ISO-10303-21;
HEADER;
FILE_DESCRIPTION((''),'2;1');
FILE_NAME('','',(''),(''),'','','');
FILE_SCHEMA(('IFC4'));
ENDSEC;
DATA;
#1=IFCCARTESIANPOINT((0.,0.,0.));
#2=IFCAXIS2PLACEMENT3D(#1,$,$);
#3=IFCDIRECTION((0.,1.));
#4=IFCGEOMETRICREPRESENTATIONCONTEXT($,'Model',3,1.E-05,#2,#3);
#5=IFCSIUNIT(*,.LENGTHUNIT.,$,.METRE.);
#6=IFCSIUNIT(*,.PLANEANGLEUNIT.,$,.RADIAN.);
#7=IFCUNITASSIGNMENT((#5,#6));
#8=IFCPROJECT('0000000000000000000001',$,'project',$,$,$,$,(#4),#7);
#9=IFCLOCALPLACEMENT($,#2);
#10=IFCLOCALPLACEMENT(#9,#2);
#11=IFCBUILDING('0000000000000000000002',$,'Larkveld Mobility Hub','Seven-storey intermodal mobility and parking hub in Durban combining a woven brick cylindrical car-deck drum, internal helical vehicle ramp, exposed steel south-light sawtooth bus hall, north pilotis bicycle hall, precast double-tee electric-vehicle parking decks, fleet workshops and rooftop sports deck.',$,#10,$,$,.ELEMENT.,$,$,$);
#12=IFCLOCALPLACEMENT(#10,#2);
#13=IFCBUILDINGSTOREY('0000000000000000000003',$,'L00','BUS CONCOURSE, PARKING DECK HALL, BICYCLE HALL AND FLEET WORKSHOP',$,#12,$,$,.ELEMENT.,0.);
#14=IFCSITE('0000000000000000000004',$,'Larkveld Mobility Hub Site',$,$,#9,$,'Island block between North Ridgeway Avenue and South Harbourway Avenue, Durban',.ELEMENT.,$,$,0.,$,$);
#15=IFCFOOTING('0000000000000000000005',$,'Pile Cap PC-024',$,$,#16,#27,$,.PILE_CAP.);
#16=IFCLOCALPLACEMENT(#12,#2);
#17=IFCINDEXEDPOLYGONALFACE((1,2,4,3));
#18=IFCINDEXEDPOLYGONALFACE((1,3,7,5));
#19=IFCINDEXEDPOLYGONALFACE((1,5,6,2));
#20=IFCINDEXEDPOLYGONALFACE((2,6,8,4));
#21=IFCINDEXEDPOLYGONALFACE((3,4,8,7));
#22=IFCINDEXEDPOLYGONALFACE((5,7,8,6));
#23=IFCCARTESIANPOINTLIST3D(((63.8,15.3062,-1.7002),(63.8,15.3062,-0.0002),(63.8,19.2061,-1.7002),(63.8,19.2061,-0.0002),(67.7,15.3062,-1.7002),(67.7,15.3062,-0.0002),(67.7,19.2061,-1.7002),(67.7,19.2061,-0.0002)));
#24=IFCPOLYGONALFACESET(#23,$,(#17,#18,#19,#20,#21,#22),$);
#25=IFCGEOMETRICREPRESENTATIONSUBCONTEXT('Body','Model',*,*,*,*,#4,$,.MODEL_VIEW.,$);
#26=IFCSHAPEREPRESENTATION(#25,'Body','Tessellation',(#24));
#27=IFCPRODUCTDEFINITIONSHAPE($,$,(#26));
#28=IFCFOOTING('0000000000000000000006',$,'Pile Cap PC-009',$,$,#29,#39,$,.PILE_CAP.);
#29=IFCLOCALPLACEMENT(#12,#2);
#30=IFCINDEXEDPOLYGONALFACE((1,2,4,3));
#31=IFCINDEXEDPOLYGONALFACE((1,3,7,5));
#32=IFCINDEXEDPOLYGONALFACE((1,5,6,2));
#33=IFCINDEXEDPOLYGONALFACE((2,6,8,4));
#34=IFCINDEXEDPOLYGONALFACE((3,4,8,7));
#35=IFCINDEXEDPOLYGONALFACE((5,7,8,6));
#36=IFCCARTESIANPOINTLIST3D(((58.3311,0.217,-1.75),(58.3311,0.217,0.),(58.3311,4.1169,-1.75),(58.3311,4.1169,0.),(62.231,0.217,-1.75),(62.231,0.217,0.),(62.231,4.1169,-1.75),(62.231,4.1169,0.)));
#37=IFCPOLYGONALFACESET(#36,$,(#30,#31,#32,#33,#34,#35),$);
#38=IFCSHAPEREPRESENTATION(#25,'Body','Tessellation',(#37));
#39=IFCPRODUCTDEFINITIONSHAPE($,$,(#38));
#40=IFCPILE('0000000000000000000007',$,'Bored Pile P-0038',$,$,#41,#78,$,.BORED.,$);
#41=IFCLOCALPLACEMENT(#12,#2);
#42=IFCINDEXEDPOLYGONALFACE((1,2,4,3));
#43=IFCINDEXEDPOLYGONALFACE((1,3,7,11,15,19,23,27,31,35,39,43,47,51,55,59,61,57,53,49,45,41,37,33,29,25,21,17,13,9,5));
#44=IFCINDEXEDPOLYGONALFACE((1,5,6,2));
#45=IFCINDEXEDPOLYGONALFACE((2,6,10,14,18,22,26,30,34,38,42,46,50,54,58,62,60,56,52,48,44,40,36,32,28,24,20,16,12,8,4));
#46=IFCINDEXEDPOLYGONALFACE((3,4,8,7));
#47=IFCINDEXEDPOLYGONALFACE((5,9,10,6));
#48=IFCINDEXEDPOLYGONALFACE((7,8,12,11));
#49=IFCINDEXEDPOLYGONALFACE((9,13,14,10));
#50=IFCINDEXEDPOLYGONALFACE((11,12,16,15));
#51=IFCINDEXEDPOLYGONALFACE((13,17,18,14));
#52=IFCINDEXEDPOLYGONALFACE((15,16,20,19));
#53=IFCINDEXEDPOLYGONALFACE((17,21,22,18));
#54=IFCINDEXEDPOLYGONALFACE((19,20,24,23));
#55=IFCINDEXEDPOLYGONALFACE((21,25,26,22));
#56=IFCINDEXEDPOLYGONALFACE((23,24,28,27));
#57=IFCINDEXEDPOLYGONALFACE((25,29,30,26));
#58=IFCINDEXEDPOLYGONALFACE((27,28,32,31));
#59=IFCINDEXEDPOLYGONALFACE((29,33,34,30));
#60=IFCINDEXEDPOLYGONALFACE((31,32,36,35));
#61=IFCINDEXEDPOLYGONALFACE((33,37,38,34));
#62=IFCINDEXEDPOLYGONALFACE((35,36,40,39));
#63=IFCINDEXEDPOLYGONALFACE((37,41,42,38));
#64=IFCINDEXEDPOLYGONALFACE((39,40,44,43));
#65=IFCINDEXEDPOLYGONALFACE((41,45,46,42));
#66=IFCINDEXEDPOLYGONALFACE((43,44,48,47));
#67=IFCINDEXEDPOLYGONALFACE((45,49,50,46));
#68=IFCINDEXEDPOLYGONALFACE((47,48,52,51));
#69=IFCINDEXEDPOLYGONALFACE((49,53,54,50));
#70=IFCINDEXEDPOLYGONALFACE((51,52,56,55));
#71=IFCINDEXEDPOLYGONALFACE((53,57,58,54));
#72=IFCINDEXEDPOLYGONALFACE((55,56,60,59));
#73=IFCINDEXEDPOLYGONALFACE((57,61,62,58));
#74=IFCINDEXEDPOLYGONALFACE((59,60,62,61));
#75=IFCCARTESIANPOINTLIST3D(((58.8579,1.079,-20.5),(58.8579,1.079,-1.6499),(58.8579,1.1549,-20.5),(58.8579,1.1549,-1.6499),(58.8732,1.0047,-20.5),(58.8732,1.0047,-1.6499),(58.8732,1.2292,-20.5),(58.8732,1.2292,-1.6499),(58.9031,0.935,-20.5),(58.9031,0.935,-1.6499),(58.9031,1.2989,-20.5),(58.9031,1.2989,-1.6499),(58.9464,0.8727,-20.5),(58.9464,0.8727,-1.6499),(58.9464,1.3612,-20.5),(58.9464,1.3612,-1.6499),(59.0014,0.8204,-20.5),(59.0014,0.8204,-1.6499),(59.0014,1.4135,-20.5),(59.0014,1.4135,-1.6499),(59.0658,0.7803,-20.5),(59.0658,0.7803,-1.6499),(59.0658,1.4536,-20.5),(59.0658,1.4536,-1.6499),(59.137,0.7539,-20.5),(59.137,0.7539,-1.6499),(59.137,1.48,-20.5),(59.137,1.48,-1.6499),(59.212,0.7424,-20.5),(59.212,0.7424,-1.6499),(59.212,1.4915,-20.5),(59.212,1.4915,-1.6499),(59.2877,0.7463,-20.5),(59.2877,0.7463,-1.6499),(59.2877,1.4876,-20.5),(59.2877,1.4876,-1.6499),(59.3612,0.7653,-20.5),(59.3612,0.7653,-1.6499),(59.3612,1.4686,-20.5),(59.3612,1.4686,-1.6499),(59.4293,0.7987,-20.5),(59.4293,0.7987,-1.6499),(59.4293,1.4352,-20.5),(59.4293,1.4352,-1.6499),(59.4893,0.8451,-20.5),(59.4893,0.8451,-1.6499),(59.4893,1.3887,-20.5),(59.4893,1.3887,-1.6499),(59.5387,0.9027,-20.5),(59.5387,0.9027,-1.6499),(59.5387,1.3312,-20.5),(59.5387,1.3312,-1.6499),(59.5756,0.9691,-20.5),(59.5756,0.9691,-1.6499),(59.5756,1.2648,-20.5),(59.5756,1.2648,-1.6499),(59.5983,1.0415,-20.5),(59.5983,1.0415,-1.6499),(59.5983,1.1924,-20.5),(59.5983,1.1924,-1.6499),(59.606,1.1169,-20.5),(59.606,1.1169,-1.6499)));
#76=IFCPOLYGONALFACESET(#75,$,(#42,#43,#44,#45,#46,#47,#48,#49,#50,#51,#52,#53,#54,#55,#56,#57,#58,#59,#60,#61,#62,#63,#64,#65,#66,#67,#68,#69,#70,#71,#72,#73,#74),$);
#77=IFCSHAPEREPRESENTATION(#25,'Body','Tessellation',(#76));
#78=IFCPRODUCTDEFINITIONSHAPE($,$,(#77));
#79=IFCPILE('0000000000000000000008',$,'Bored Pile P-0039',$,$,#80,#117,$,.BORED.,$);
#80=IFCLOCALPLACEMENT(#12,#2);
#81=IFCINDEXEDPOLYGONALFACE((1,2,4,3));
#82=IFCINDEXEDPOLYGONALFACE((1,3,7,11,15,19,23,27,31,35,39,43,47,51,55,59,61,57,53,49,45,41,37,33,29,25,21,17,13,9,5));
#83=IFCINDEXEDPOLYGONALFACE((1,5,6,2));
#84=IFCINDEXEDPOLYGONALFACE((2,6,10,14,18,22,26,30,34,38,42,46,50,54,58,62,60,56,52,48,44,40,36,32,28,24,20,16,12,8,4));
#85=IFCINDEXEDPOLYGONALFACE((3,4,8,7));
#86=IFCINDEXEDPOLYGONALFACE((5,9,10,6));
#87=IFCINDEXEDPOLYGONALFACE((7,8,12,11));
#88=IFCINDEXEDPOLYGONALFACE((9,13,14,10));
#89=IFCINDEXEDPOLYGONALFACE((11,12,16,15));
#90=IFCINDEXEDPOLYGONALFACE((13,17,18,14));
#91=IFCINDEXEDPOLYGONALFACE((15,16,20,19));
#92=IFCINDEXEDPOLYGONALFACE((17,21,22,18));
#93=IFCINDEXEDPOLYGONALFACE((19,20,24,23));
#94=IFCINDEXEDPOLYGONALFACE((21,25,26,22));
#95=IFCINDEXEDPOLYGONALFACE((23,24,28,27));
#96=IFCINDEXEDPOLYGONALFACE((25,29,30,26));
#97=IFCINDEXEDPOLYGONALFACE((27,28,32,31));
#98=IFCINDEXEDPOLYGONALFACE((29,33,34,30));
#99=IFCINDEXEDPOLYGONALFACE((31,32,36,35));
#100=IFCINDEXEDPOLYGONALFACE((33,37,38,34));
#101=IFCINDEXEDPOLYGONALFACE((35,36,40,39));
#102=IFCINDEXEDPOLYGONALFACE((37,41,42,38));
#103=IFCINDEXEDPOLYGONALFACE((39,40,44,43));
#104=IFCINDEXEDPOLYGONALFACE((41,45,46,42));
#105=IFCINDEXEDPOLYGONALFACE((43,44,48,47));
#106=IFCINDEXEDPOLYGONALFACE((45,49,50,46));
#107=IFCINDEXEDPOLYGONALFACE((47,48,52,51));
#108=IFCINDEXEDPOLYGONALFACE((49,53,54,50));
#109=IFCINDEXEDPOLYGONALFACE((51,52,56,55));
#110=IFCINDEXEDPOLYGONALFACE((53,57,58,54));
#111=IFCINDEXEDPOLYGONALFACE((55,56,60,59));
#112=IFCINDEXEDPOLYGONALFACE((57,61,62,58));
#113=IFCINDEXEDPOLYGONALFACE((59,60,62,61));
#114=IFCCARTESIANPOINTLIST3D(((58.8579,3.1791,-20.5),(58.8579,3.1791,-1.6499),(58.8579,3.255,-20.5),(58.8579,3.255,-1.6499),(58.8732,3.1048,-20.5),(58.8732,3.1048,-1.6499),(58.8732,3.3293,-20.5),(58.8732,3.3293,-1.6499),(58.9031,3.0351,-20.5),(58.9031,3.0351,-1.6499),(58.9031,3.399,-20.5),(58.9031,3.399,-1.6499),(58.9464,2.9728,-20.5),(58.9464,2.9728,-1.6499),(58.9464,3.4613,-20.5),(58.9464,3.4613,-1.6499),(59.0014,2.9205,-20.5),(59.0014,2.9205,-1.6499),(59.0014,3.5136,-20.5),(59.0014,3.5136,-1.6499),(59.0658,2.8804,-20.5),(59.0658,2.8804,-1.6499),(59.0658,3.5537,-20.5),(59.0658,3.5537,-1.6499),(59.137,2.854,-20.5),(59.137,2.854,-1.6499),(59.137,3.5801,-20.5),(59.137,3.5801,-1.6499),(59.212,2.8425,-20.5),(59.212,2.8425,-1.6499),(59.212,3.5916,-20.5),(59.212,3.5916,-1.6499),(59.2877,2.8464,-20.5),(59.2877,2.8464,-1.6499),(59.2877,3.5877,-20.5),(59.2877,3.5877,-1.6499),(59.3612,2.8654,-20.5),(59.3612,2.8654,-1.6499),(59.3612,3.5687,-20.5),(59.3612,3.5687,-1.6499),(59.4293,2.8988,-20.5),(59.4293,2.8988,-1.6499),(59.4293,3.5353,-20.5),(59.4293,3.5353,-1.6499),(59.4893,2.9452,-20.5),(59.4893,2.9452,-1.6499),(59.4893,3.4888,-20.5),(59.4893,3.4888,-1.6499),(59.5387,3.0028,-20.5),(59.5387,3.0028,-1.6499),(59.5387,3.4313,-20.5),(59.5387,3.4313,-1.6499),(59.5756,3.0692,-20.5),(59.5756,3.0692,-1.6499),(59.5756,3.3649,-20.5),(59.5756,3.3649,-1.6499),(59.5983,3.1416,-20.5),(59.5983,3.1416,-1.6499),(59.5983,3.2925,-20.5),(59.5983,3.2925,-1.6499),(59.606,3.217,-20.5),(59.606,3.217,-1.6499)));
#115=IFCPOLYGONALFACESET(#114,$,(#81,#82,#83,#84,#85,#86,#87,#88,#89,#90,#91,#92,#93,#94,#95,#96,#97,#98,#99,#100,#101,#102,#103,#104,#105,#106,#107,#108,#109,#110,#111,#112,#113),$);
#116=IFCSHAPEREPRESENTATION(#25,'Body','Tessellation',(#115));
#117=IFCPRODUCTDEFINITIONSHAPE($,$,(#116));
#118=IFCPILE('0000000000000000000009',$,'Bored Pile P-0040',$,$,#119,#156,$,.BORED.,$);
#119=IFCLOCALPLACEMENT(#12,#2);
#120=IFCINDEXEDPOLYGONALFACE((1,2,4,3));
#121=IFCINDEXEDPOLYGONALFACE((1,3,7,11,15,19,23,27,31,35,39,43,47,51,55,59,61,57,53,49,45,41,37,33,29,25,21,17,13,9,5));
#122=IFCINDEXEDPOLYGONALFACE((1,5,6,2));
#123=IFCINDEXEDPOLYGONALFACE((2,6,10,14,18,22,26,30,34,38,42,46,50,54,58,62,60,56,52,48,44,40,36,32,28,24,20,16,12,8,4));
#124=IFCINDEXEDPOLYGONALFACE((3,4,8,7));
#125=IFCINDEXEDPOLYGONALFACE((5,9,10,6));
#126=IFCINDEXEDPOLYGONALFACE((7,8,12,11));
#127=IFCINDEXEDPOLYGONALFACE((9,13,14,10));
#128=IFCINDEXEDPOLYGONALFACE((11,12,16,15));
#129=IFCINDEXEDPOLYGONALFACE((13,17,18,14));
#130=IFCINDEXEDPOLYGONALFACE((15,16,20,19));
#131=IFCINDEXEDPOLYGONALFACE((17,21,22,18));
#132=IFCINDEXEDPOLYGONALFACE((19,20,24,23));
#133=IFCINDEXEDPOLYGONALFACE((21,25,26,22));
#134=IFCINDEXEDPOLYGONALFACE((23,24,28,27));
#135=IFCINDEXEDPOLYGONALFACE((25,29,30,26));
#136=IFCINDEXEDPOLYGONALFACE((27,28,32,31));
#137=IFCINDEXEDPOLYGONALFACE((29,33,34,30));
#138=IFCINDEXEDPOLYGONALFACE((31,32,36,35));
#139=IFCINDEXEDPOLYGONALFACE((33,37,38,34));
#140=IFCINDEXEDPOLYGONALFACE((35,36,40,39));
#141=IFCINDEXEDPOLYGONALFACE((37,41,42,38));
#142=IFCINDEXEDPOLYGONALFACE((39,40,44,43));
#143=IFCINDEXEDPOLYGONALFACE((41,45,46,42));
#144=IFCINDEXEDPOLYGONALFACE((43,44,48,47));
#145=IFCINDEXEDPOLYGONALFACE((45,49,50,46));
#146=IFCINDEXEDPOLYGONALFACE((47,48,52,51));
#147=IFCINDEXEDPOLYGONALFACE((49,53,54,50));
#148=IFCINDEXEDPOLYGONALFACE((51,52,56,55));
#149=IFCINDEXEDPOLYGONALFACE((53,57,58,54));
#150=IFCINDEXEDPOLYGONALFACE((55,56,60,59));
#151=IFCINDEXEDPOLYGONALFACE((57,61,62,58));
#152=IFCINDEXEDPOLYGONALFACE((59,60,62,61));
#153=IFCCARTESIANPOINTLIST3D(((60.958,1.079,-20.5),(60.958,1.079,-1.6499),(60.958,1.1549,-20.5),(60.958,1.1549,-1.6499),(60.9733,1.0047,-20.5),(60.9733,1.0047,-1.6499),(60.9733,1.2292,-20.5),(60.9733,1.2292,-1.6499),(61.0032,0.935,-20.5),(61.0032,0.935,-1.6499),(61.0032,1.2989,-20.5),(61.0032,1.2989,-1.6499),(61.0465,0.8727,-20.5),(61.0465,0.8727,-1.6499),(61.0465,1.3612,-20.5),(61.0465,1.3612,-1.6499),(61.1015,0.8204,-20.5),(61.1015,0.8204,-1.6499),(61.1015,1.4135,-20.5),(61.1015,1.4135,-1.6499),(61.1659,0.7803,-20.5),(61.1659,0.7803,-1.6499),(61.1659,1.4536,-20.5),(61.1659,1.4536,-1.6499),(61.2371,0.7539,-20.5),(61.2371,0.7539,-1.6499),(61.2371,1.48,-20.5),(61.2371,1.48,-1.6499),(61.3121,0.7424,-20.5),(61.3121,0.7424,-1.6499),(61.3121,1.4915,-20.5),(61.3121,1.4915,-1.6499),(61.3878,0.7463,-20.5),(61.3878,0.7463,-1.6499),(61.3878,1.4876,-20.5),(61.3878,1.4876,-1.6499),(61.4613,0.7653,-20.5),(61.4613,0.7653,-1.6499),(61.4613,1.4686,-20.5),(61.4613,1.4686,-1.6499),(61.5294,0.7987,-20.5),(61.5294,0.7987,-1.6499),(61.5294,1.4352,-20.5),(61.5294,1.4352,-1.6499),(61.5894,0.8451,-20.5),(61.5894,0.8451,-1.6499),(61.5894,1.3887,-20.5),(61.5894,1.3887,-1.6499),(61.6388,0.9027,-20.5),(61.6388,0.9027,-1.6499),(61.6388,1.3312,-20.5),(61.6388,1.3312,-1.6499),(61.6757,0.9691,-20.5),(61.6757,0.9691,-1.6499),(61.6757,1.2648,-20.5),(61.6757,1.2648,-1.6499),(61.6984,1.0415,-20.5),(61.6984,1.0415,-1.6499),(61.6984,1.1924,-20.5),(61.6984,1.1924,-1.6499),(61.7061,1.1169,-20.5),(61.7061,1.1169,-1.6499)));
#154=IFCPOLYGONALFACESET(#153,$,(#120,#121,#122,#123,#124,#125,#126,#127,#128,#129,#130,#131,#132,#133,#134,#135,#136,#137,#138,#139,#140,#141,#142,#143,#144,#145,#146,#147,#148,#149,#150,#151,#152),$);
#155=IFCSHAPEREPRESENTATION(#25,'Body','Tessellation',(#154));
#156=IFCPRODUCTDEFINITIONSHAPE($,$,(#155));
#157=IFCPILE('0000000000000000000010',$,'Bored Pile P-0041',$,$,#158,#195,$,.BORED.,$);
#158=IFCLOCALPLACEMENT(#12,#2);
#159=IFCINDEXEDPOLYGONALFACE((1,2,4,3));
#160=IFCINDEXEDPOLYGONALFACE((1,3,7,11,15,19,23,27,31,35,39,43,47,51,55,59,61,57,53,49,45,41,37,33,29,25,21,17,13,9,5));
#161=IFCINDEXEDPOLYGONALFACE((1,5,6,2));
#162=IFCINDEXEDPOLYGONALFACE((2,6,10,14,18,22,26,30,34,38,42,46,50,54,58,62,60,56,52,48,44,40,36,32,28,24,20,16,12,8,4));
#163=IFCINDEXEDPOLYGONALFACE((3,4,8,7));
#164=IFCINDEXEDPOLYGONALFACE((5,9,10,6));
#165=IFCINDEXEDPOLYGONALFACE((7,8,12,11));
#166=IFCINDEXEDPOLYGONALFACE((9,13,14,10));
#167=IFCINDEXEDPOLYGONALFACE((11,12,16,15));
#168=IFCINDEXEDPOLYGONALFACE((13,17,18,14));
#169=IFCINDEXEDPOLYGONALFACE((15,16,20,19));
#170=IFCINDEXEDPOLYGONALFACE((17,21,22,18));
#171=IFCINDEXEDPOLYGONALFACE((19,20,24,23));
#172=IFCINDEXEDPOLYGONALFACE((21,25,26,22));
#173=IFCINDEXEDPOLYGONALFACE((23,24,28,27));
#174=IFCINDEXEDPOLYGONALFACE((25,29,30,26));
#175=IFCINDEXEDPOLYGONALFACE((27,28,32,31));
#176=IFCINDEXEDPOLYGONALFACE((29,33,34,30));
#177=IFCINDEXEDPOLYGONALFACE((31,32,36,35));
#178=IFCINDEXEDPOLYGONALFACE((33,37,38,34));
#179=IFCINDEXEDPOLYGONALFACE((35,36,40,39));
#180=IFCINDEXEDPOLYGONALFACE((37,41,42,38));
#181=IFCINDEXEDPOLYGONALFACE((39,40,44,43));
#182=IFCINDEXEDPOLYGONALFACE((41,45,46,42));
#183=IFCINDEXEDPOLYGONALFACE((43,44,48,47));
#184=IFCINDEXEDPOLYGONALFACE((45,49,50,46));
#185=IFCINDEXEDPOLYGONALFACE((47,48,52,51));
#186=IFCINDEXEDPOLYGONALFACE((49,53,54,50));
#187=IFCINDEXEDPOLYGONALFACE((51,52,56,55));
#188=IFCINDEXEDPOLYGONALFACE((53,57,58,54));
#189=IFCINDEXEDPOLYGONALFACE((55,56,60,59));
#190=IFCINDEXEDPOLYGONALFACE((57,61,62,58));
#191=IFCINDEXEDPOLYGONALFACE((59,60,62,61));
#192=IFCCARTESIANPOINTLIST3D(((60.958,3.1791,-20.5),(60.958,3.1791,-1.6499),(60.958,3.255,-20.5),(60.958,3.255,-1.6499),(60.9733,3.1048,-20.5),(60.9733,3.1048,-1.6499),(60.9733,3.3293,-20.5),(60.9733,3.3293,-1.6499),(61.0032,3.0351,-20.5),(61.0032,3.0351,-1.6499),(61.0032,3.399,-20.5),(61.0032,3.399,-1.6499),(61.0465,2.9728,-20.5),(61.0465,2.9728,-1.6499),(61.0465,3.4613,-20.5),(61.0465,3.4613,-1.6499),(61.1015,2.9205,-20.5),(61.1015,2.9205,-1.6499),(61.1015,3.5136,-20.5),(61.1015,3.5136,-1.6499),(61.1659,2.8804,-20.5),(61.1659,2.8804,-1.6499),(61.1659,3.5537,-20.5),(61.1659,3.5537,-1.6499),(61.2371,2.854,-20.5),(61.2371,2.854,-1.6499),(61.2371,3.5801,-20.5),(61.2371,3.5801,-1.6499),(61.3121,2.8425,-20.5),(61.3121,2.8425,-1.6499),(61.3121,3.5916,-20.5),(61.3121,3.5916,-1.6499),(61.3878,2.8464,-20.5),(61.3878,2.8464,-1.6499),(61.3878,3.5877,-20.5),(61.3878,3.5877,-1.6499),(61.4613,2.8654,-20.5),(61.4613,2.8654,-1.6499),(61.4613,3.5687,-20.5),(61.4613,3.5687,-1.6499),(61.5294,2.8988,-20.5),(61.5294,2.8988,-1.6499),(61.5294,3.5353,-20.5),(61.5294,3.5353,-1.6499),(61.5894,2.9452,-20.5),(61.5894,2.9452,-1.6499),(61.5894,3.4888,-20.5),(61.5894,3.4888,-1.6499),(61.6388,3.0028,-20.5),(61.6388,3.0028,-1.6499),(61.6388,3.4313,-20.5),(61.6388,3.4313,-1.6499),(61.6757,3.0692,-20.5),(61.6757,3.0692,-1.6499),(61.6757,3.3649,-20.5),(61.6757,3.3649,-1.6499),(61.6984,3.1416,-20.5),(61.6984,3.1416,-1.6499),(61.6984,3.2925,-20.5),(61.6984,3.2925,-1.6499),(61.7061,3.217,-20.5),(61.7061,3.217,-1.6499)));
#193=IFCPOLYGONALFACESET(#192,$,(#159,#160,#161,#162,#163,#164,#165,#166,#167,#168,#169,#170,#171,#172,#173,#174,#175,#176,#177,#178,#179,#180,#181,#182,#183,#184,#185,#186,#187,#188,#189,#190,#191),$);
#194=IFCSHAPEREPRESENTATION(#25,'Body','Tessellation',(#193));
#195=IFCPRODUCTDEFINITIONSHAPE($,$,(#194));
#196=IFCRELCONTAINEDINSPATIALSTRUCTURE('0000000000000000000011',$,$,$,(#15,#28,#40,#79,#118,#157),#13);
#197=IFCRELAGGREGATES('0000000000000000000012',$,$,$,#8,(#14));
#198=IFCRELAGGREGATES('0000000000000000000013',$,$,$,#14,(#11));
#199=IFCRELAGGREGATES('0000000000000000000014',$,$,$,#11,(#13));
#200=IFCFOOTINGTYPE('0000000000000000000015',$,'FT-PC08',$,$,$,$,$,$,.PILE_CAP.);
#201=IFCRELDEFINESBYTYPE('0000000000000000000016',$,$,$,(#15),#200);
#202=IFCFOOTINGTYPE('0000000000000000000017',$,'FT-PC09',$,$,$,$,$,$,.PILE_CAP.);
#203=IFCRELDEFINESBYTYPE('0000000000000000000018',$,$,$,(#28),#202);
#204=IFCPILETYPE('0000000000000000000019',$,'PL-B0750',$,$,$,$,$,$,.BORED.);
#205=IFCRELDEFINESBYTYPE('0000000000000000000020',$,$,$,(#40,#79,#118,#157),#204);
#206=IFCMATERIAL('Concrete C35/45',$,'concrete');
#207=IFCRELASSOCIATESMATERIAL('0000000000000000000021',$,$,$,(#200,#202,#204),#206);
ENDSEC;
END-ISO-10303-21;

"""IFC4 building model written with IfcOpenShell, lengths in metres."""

from ifc_helpers import new_model, si_unit, direction, frame, origin, origin_2d, place, context, subcontext, project, spatial, rectangle, circle, extrude, material, material_profile, profile_set, type_object, element, save


model = new_model("IFC4")

# Units and contexts
model_context = context("Model", 3, precision=1e-05, world=origin(), true_north=direction((0.0, 1.0)))
body_context = subcontext(model_context, "Body", "Model", "MODEL_VIEW")
ifc_project = project(units=[si_unit("LENGTHUNIT", "METRE"), si_unit("PLANEANGLEUNIT", "RADIAN")], contexts=[model_context])

# Site, building, storey
site_placement = place(None, origin())
site = spatial("IfcSite", under=ifc_project, at=site_placement, Name="Larkveld Mobility Hub Site", LongName="Island block between North Ridgeway Avenue and South Harbourway Avenue, Durban", CompositionType="ELEMENT", RefElevation=0.0)
building_placement = place(site_placement, origin())
building = spatial("IfcBuilding", under=site, at=building_placement, Name="Larkveld Mobility Hub", Description="Seven-storey intermodal mobility and parking hub in Durban combining a woven brick cylindrical car-deck drum, internal helical vehicle ramp, exposed steel south-light sawtooth bus hall, north pilotis bicycle hall, precast double-tee electric-vehicle parking decks, fleet workshops and rooftop sports deck.", CompositionType="ELEMENT")
storey_placement = place(building_placement, origin())
storey = spatial("IfcBuildingStorey", under=building, at=storey_placement, Name="L00", Description="BUS CONCOURSE, PARKING DECK HALL, BICYCLE HALL AND FLEET WORKSHOP", CompositionType="ELEMENT", Elevation=0.0)

# Footings
ifc_material_1 = material(Name="Concrete C35/45", Category="concrete")
footing_type_1 = type_object("IfcFootingType", Name="FT-PC08", PredefinedType="PILE_CAP", material=ifc_material_1)
footing_1_placement = place(storey_placement, frame((65.75, 17.2561, -1.7002), z_axis=(0.0, 0.0, 1.0), x_axis=(1.0, 0.0, 0.0)))
element("IfcFooting", 1, at=footing_1_placement, inside=storey, type_object=footing_type_1, Name="Pile Cap PC-024", PredefinedType="PILE_CAP", context=body_context, shape_type="SweptSolid", body=[
    extrude(rectangle(XDim=3.8999, YDim=3.8999, at=origin_2d()), origin(), (0.0, 0.0, 1.0), 1.7),
])
footing_type_2 = type_object("IfcFootingType", Name="FT-PC09", PredefinedType="PILE_CAP", material=ifc_material_1)
footing_2_placement = place(storey_placement, frame((60.281, 2.167, -1.75), z_axis=(0.0, 0.0, 1.0), x_axis=(1.0, 0.0, 0.0)))
element("IfcFooting", 2, at=footing_2_placement, inside=storey, type_object=footing_type_2, Name="Pile Cap PC-009", PredefinedType="PILE_CAP", context=body_context, shape_type="SweptSolid", body=[
    extrude(rectangle(XDim=3.8999, YDim=3.8999, at=origin_2d()), origin(), (0.0, 0.0, 1.0), 1.75),
])

# Piles
ifc_material_profile_1 = material_profile(ifc_material_1, circle(Radius=0.375, at=origin_2d()), Name="PILE D750")
ifc_profile_set_1 = profile_set([ifc_material_profile_1], Name="Concrete C35/45")
pile_type = type_object("IfcPileType", Name="PL-B0750", PredefinedType="BORED", material=ifc_profile_set_1)
for number, where, z_axis, x_axis, name in (
    (3, (59.231, 1.1169, -1.6499), (0.0, 0.0, -1.0), (1.0, 0.0, 0.0), "Bored Pile P-0038"),
    (4, (59.231, 3.217, -1.6499), (0.0, 0.0, -1.0), (1.0, 0.0, 0.0), "Bored Pile P-0039"),
    (5, (61.3311, 1.1169, -1.6499), (0.0, 0.0, -1.0), (1.0, 0.0, 0.0), "Bored Pile P-0040"),
    (6, (61.3311, 3.217, -1.6499), (0.0, 0.0, -1.0), (1.0, 0.0, 0.0), "Bored Pile P-0041"),
):
    element("IfcPile", number, at=place(storey_placement, frame(where, z_axis=z_axis, x_axis=x_axis)), inside=storey, type_object=pile_type, Name=name, PredefinedType="BORED", context=body_context, shape_type="SweptSolid", body=[
        extrude(circle(Radius=0.375, at=origin_2d()), origin(), (0.0, 0.0, 1.0), 18.8501),
    ])

save(model, "model.ifc")
